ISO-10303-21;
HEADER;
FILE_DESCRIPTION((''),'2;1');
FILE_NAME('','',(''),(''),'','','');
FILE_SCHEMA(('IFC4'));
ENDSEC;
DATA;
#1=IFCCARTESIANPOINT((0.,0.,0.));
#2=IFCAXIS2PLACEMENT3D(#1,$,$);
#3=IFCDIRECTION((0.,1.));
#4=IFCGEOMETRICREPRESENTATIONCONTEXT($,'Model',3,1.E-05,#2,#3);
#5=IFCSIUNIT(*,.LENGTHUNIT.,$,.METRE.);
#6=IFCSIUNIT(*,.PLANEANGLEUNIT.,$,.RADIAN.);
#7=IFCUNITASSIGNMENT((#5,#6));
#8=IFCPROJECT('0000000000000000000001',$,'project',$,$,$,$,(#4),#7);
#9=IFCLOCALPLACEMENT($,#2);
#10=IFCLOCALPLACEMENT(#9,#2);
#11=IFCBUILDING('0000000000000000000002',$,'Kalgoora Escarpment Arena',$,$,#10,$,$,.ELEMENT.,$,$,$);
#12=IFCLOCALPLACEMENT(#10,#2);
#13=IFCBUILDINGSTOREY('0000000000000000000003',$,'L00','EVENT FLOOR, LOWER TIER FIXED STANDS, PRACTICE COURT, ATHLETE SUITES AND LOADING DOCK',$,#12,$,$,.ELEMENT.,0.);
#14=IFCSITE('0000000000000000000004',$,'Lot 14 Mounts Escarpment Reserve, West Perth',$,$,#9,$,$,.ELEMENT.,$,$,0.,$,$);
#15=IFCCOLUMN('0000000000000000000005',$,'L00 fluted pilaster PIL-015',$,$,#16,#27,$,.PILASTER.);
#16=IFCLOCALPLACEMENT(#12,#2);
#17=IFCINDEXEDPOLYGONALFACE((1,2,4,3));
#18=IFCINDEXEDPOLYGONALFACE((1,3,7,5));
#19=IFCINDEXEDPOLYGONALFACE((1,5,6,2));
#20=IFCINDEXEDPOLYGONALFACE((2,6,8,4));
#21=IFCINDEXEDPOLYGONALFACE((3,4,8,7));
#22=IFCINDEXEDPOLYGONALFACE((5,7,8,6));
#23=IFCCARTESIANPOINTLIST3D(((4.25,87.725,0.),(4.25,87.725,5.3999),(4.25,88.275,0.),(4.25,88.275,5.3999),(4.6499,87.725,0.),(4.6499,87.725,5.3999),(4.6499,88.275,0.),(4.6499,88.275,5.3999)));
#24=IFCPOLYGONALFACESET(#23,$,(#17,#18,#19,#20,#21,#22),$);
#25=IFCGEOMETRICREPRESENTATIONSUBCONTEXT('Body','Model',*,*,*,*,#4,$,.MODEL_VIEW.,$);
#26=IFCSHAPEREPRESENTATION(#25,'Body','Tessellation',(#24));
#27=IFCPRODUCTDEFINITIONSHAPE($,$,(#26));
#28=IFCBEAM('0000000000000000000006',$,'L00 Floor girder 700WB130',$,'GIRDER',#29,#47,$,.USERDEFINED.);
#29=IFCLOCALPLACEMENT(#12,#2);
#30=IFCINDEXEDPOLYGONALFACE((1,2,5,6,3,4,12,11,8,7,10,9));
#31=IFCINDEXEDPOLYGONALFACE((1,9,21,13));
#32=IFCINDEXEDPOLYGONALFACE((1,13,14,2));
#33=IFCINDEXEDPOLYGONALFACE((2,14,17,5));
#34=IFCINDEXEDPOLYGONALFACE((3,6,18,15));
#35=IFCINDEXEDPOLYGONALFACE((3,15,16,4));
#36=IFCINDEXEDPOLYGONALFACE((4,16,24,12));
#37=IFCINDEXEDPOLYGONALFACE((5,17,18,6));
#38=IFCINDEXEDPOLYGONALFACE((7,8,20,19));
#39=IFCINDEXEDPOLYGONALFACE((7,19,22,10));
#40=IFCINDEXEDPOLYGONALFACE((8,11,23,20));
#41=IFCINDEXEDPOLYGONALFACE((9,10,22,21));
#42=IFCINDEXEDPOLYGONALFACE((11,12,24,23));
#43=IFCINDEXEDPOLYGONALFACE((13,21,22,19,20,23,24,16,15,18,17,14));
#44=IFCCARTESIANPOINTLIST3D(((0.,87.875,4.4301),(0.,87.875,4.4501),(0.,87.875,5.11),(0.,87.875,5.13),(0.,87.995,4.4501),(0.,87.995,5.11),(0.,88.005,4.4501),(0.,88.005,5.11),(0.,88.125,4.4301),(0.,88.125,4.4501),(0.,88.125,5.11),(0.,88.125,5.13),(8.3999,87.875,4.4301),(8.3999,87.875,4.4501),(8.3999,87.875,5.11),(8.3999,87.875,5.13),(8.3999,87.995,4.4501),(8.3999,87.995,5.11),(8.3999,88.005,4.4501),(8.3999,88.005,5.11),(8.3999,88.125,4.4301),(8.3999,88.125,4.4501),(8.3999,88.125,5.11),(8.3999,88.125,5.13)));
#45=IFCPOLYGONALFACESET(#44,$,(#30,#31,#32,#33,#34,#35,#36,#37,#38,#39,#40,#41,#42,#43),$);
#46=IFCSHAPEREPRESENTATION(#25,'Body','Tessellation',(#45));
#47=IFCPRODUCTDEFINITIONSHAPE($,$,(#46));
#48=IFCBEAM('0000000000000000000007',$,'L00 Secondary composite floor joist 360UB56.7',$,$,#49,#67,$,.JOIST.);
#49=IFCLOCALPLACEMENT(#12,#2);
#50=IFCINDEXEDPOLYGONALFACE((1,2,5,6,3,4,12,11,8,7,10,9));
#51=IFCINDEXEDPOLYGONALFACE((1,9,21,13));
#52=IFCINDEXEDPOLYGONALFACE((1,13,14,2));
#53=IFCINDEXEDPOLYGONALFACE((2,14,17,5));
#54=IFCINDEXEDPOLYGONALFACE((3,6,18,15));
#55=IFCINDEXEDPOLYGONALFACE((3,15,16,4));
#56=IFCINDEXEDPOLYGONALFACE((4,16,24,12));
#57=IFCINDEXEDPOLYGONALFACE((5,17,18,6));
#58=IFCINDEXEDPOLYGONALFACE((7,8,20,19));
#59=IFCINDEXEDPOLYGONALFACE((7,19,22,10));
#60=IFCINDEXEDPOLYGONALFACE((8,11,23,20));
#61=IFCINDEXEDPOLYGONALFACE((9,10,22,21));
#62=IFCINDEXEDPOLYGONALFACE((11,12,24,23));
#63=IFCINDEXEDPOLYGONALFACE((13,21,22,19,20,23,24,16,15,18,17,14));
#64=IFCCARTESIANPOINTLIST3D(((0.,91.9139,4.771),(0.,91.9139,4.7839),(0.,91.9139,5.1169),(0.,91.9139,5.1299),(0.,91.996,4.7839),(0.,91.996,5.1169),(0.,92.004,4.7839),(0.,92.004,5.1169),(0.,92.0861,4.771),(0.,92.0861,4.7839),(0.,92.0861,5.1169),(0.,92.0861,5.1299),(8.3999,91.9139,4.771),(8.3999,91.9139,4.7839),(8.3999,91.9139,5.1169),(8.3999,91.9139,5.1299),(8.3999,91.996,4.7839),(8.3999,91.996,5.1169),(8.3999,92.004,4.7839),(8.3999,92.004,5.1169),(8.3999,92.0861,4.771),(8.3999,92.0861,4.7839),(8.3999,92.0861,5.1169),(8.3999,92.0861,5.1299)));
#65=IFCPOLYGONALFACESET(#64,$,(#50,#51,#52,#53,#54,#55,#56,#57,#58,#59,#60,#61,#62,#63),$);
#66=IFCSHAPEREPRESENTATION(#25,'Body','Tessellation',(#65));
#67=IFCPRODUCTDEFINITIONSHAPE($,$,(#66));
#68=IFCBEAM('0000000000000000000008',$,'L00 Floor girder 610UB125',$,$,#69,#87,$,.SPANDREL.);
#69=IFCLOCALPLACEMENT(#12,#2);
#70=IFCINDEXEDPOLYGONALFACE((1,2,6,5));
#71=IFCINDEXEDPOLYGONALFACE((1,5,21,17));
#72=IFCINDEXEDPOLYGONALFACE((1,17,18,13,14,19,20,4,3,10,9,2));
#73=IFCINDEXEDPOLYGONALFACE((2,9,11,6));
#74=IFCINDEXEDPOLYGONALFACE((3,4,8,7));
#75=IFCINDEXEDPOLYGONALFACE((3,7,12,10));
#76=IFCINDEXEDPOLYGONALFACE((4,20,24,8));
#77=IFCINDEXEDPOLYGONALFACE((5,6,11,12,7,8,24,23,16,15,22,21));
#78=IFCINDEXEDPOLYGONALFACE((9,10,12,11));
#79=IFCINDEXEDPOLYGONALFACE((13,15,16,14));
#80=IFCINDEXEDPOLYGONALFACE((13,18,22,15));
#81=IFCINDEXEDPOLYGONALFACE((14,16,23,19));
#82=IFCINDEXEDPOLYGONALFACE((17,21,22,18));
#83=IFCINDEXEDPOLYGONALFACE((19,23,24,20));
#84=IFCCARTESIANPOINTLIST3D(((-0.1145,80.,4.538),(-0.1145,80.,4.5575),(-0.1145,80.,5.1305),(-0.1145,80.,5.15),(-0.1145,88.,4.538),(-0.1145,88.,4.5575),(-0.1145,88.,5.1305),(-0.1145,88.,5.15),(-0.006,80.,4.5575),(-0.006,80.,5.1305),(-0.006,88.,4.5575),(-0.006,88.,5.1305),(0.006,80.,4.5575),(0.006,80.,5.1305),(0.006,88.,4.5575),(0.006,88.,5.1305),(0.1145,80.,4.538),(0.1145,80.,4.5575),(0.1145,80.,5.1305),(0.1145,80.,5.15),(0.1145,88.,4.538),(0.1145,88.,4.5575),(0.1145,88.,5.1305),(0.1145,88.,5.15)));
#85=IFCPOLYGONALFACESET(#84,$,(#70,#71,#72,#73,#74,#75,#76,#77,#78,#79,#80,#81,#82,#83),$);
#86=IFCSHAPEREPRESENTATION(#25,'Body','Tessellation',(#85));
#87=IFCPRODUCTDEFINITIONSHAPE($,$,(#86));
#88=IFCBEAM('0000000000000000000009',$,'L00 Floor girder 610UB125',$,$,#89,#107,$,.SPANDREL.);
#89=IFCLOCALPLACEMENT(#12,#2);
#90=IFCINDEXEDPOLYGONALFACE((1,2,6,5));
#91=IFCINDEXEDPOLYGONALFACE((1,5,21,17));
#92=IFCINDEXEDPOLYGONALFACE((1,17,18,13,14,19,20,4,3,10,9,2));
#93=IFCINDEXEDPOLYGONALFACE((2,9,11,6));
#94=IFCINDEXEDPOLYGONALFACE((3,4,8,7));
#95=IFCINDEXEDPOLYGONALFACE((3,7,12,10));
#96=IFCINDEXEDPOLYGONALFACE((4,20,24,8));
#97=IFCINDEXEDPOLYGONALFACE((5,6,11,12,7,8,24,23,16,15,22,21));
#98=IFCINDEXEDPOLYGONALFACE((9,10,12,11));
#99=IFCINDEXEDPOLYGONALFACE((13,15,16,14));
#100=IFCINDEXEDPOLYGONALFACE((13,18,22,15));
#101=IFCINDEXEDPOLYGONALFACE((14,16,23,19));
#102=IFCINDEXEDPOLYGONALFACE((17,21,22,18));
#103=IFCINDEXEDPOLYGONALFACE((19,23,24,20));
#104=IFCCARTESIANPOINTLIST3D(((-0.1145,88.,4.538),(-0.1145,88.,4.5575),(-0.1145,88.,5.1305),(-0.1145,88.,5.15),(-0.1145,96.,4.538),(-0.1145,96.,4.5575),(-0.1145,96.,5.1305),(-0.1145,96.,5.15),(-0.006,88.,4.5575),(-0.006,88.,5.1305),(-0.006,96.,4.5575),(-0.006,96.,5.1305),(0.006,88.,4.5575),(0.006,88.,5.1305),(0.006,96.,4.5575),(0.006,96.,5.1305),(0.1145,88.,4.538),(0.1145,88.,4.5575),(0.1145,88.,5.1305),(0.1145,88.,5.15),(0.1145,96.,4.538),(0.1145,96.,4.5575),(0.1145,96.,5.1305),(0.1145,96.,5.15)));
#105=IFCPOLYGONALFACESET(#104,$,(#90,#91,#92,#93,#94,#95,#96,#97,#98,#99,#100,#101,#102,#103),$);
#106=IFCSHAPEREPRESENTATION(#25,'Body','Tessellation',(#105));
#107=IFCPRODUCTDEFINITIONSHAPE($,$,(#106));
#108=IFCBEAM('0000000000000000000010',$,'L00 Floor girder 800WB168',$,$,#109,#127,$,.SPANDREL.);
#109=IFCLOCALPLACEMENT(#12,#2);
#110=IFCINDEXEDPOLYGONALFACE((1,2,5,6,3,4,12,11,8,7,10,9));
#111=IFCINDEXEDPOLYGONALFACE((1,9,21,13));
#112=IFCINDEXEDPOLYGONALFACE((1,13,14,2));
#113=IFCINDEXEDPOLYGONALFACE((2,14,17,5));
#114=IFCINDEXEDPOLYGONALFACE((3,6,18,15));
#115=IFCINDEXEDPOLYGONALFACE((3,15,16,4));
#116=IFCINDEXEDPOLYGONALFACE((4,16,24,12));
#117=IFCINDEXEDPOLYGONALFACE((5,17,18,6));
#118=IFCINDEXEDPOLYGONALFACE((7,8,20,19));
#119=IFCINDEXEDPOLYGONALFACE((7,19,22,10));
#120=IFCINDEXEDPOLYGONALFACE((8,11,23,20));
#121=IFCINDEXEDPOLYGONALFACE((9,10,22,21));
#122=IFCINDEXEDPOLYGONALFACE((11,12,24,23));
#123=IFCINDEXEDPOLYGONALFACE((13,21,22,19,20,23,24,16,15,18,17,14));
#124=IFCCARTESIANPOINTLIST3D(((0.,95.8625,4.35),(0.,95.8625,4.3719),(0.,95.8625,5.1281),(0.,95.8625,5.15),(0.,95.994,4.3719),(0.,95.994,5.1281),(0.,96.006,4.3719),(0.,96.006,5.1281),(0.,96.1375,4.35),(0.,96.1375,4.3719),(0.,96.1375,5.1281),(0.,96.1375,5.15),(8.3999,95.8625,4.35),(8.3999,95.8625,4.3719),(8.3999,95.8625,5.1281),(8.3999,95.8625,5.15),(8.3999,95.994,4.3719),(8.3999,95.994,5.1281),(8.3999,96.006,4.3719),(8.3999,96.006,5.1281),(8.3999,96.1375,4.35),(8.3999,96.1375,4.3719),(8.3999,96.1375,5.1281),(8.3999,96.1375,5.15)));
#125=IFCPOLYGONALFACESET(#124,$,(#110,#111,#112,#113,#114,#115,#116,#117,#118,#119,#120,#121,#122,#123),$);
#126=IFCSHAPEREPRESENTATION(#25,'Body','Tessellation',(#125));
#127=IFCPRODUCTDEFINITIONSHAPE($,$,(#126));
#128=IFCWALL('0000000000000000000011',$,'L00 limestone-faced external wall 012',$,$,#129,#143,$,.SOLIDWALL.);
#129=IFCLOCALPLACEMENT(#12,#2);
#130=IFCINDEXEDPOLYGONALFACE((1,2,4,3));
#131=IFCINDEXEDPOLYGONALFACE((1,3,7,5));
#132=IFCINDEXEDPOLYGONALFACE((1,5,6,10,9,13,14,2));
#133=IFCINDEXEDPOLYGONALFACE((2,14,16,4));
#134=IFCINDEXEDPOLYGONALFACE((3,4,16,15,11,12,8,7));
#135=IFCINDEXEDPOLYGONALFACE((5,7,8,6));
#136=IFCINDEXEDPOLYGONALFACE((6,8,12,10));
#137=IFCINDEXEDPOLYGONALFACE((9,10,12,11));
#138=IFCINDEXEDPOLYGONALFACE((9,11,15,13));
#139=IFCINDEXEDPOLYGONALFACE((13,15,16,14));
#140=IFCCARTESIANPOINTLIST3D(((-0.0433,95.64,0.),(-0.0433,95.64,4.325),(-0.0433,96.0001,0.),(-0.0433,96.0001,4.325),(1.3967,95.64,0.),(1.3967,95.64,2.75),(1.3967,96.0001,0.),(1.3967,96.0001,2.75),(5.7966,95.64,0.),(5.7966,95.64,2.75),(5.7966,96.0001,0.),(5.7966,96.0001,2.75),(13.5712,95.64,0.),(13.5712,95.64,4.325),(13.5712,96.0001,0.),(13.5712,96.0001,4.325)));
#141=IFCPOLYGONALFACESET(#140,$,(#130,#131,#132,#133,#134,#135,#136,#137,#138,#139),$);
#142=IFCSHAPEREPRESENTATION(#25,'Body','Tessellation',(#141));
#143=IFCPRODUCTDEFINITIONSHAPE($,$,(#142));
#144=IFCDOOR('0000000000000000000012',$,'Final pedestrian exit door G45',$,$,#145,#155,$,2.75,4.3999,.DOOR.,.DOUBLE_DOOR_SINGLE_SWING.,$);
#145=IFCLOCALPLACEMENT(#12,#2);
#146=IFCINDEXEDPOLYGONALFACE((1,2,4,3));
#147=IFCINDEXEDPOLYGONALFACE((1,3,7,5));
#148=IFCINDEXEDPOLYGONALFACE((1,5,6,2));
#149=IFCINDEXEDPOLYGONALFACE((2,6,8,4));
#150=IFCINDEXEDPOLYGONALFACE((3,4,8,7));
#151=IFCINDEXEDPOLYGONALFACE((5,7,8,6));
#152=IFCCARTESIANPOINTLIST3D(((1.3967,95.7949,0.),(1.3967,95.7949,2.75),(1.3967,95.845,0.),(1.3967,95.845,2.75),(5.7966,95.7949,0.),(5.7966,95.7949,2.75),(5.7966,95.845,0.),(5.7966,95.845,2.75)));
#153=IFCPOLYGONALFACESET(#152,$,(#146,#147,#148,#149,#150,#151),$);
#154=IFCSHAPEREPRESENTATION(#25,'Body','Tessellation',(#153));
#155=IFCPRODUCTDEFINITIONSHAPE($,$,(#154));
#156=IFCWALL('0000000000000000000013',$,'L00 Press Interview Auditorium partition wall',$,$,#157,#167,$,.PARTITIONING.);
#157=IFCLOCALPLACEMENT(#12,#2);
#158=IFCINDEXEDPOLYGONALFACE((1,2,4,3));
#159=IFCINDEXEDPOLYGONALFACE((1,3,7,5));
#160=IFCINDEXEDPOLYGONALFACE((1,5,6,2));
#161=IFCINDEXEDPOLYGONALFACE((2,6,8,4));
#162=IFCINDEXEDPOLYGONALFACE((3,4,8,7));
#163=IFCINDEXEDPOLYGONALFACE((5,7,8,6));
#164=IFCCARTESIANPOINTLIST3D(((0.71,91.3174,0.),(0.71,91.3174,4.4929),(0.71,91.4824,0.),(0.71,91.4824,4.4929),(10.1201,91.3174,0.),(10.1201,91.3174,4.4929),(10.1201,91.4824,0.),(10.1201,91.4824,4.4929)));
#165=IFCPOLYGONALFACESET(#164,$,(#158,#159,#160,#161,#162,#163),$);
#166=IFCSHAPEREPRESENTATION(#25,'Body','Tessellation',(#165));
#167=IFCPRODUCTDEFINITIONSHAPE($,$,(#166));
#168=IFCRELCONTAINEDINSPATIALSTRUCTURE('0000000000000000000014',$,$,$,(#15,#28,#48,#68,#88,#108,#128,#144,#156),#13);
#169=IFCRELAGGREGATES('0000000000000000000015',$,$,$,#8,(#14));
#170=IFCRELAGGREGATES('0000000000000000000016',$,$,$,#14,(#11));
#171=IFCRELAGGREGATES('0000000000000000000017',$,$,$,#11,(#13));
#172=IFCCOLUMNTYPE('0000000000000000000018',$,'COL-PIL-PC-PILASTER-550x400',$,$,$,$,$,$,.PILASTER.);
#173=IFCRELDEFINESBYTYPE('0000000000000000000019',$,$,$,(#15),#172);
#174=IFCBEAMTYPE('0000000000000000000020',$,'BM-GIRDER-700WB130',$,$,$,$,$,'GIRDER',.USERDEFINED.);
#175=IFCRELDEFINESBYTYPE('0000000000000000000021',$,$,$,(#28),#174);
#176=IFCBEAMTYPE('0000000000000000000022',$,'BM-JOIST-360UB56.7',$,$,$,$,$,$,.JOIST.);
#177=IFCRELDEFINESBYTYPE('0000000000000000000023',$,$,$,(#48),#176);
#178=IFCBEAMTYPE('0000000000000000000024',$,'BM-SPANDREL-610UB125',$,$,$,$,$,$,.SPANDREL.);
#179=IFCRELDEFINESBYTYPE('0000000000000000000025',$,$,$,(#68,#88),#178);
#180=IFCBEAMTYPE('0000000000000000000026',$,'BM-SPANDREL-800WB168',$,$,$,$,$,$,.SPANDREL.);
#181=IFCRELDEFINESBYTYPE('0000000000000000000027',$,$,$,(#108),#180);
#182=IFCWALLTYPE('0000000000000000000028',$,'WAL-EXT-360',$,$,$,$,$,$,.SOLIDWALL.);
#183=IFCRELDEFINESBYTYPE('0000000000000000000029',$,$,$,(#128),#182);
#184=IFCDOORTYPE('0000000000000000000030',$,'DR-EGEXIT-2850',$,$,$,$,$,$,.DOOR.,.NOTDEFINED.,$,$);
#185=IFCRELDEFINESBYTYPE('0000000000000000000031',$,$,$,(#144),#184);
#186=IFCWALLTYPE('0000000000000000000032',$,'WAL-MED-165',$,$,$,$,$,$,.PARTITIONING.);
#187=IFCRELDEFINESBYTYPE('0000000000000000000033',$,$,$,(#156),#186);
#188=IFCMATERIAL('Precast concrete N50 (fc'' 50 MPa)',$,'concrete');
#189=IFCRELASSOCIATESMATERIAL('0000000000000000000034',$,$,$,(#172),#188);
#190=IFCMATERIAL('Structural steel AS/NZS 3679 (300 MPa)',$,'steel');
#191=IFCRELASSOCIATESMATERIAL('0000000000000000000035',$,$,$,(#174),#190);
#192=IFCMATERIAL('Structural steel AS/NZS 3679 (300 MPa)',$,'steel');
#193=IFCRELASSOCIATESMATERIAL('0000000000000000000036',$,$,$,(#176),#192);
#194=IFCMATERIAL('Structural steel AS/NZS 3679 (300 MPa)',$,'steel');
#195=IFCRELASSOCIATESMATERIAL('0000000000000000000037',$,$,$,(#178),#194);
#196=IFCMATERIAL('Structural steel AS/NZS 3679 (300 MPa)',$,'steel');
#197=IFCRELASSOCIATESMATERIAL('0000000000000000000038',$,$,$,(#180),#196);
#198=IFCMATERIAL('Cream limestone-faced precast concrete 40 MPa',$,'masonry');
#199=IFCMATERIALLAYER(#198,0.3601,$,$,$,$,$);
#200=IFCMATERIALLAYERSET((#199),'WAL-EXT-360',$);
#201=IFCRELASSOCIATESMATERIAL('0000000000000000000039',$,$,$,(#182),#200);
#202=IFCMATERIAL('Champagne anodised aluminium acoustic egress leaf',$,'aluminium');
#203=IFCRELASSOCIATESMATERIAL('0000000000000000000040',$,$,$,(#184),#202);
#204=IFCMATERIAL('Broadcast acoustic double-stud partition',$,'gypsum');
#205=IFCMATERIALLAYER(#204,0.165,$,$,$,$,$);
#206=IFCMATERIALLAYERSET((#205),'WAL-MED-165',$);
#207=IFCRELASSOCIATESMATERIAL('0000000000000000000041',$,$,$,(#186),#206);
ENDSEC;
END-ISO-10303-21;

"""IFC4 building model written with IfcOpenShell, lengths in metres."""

from ifc_helpers import new_model, si_unit, direction, frame, frame_2d, origin, origin_2d, place, context, subcontext, project, spatial, rectangle, i_section, extrude, material, layer, layer_set, material_profile, profile_set, type_object, element, fill, save


model = new_model("IFC4")

# Units and contexts
model_context = context("Model", 3, precision=1e-05, world=origin(), true_north=direction((0.0, 1.0)))
body_context = subcontext(model_context, "Body", "Model", "MODEL_VIEW")
ifc_project = project(units=[si_unit("LENGTHUNIT", "METRE"), si_unit("PLANEANGLEUNIT", "RADIAN")], contexts=[model_context])

# Site, building, storey
site_placement = place(None, origin())
site = spatial("IfcSite", under=ifc_project, at=site_placement, Name="Lot 14 Mounts Escarpment Reserve, West Perth", CompositionType="ELEMENT", RefElevation=0.0)
building_placement = place(site_placement, origin())
building = spatial("IfcBuilding", under=site, at=building_placement, Name="Kalgoora Escarpment Arena", CompositionType="ELEMENT")
storey_placement = place(building_placement, origin())
storey = spatial("IfcBuildingStorey", under=building, at=storey_placement, Name="L00", Description="EVENT FLOOR, LOWER TIER FIXED STANDS, PRACTICE COURT, ATHLETE SUITES AND LOADING DOCK", CompositionType="ELEMENT", Elevation=0.0)

# Column
ifc_material_1 = material(Name="Precast concrete N50 (fc' 50 MPa)", Category="concrete")
ifc_material_profile_1 = material_profile(ifc_material_1, rectangle(XDim=0.3999, YDim=0.55, at=origin_2d()))
ifc_profile_set_1 = profile_set([ifc_material_profile_1], Name="Precast concrete N50 (fc' 50 MPa)")
column_type_1 = type_object("IfcColumnType", Name="COL-PIL-PC-PILASTER-550x400", PredefinedType="PILASTER", material=ifc_profile_set_1)
column_1_placement = place(storey_placement, frame((4.45, 88.0, 0.0), z_axis=(0.0, 0.0, 1.0), x_axis=(1.0, 0.0, 0.0)))
element("IfcColumn", 1, at=column_1_placement, inside=storey, type_object=column_type_1, Name="L00 fluted pilaster PIL-015", PredefinedType="PILASTER", context=body_context, shape_type="SweptSolid", body=[
    extrude(rectangle(XDim=0.3999, YDim=0.55, at=origin_2d()), origin(), (0.0, 0.0, 1.0), 5.3999),
])

# Beams
ifc_material_2 = material(Name="Structural steel AS/NZS 3679 (300 MPa)", Category="steel")
ifc_material_profile_2 = material_profile(ifc_material_2, i_section(OverallWidth=0.25, OverallDepth=0.7, WebThickness=0.01, FlangeThickness=0.02, at=origin_2d()))
ifc_profile_set_2 = profile_set([ifc_material_profile_2], Name="Structural steel AS/NZS 3679 (300 MPa)")
beam_type_1 = type_object("IfcBeamType", Name="BM-GIRDER-700WB130", ElementType="GIRDER", PredefinedType="USERDEFINED", material=ifc_profile_set_2)
beam_1_placement = place(storey_placement, frame((0.0, 88.0, 4.78), z_axis=(1.0, 0.0, 0.0), x_axis=(0.0, 1.0, 0.0)))
element("IfcBeam", 2, at=beam_1_placement, inside=storey, type_object=beam_type_1, Name="L00 Floor girder 700WB130", ObjectType="GIRDER", PredefinedType="USERDEFINED", context=body_context, shape_type="SweptSolid", body=[
    extrude(i_section(OverallWidth=0.25, OverallDepth=0.7, WebThickness=0.01, FlangeThickness=0.02, at=origin_2d()), origin(), (0.0, 0.0, 1.0), 8.3999),
])
ifc_material_3 = material(Name="Structural steel AS/NZS 3679 (300 MPa)", Category="steel")
ifc_material_profile_3 = material_profile(ifc_material_3, i_section(OverallWidth=0.1721, OverallDepth=0.3589, WebThickness=0.0081, FlangeThickness=0.0129, at=origin_2d()))
ifc_profile_set_3 = profile_set([ifc_material_profile_3], Name="Structural steel AS/NZS 3679 (300 MPa)")
beam_type_2 = type_object("IfcBeamType", Name="BM-JOIST-360UB56.7", PredefinedType="JOIST", material=ifc_profile_set_3)
beam_2_placement = place(storey_placement, frame((0.0, 92.0, 4.9504), z_axis=(1.0, 0.0, 0.0), x_axis=(0.0, 1.0, 0.0)))
element("IfcBeam", 3, at=beam_2_placement, inside=storey, type_object=beam_type_2, Name="L00 Secondary composite floor joist 360UB56.7", PredefinedType="JOIST", context=body_context, shape_type="SweptSolid", body=[
    extrude(i_section(OverallWidth=0.1721, OverallDepth=0.3589, WebThickness=0.0081, FlangeThickness=0.0129, at=origin_2d()), origin(), (0.0, 0.0, 1.0), 8.3999),
])
ifc_material_4 = material(Name="Structural steel AS/NZS 3679 (300 MPa)", Category="steel")
ifc_material_profile_4 = material_profile(ifc_material_4, i_section(OverallWidth=0.229, OverallDepth=0.6121, WebThickness=0.012, FlangeThickness=0.0195, at=origin_2d()))
ifc_profile_set_4 = profile_set([ifc_material_profile_4], Name="Structural steel AS/NZS 3679 (300 MPa)")
beam_type_3 = type_object("IfcBeamType", Name="BM-SPANDREL-610UB125", PredefinedType="SPANDREL", material=ifc_profile_set_4)
for number, where, z_axis, x_axis, name in (
    (4, (0.0, 80.0, 4.844), (0.0, 1.0, 0.0), (-1.0, 0.0, 0.0), "L00 Floor girder 610UB125"),
    (5, (0.0, 88.0, 4.844), (0.0, 1.0, 0.0), (-1.0, 0.0, 0.0), "L00 Floor girder 610UB125"),
):
    element("IfcBeam", number, at=place(storey_placement, frame(where, z_axis=z_axis, x_axis=x_axis)), inside=storey, type_object=beam_type_3, Name=name, PredefinedType="SPANDREL", context=body_context, shape_type="SweptSolid", body=[
        extrude(i_section(OverallWidth=0.229, OverallDepth=0.6121, WebThickness=0.012, FlangeThickness=0.0195, at=origin_2d()), origin(), (0.0, 0.0, 1.0), 8.0),
    ])
ifc_material_5 = material(Name="Structural steel AS/NZS 3679 (300 MPa)", Category="steel")
ifc_material_profile_5 = material_profile(ifc_material_5, i_section(OverallWidth=0.2749, OverallDepth=0.8, WebThickness=0.012, FlangeThickness=0.022, at=origin_2d()))
ifc_profile_set_5 = profile_set([ifc_material_profile_5], Name="Structural steel AS/NZS 3679 (300 MPa)")
beam_type_4 = type_object("IfcBeamType", Name="BM-SPANDREL-800WB168", PredefinedType="SPANDREL", material=ifc_profile_set_5)
beam_3_placement = place(storey_placement, frame((0.0, 96.0, 4.75), z_axis=(1.0, 0.0, 0.0), x_axis=(0.0, 1.0, 0.0)))
element("IfcBeam", 6, at=beam_3_placement, inside=storey, type_object=beam_type_4, Name="L00 Floor girder 800WB168", PredefinedType="SPANDREL", context=body_context, shape_type="SweptSolid", body=[
    extrude(i_section(OverallWidth=0.2749, OverallDepth=0.8, WebThickness=0.012, FlangeThickness=0.022, at=origin_2d()), origin(), (0.0, 0.0, 1.0), 8.3999),
])

# Wall, opening, door
ifc_material_6 = material(Name="Cream limestone-faced precast concrete 40 MPa", Category="masonry")
ifc_layer_1 = layer(ifc_material_6, 0.3601)
ifc_layer_set_1 = layer_set([ifc_layer_1], Name="WAL-EXT-360")
wall_type_1 = type_object("IfcWallType", Name="WAL-EXT-360", PredefinedType="SOLIDWALL", material=ifc_layer_set_1)
wall_1_placement = place(storey_placement, frame((-0.0432, 95.8201, 0.0), z_axis=(0.0, 0.0, 1.0), x_axis=(1.0, 0.0, 0.0)))
wall_1 = element("IfcWall", 7, at=wall_1_placement, inside=storey, type_object=wall_type_1, Name="L00 limestone-faced external wall 012", PredefinedType="SOLIDWALL", context=body_context, shape_type="SweptSolid", body=[
    extrude(rectangle(XDim=13.6145, YDim=0.3601, at=frame_2d((6.8071, 0.0))), origin(), (0.0, 0.0, 1.0), 4.325),
])
opening_placement = place(wall_1_placement, frame((1.4399, 0.0, 0.0)))
opening = element("IfcOpeningElement", 8, at=opening_placement, cuts=wall_1, PredefinedType="OPENING", context=body_context, shape_type="SweptSolid", body=[
    extrude(rectangle(XDim=4.3999, YDim=2.75, at=frame_2d((2.2, 1.375))), frame((0.0, 0.1899, 0.0), z_axis=(0.0, -1.0, 0.0), x_axis=(1.0, 0.0, 0.0)), (0.0, 0.0, 1.0), 0.3801),
])
ifc_material_7 = material(Name="Champagne anodised aluminium acoustic egress leaf", Category="aluminium")
door_type = type_object("IfcDoorType", Name="DR-EGEXIT-2850", OperationType="NOTDEFINED", PredefinedType="DOOR", material=ifc_material_7)
door_placement = place(opening_placement, origin())
door = element("IfcDoor", 9, at=door_placement, inside=storey, type_object=door_type, Name="Final pedestrian exit door G45", OperationType="DOUBLE_DOOR_SINGLE_SWING", OverallHeight=2.75, OverallWidth=4.3999, PredefinedType="DOOR", context=body_context, shape_type="SweptSolid", body=[
    extrude(rectangle(XDim=4.3999, YDim=2.75, at=frame_2d((2.2, 1.375))), frame((0.0, 0.0249, 0.0), z_axis=(0.0, -1.0, 0.0), x_axis=(1.0, 0.0, 0.0)), (0.0, 0.0, 1.0), 0.05),
])
fill(opening, door)

# Wall
ifc_material_8 = material(Name="Broadcast acoustic double-stud partition", Category="gypsum")
ifc_layer_2 = layer(ifc_material_8, 0.165)
ifc_layer_set_2 = layer_set([ifc_layer_2], Name="WAL-MED-165")
wall_type_2 = type_object("IfcWallType", Name="WAL-MED-165", PredefinedType="PARTITIONING", material=ifc_layer_set_2)
wall_2_placement = place(storey_placement, frame((0.71, 91.3999, 0.0), z_axis=(0.0, 0.0, 1.0), x_axis=(1.0, 0.0, 0.0)))
element("IfcWall", 10, at=wall_2_placement, inside=storey, type_object=wall_type_2, Name="L00 Press Interview Auditorium partition wall", PredefinedType="PARTITIONING", context=body_context, shape_type="SweptSolid", body=[
    extrude(rectangle(XDim=9.4102, YDim=0.165, at=frame_2d((4.7051, 0.0))), origin(), (0.0, 0.0, 1.0), 4.4929),
])

save(model, "model.ifc")
